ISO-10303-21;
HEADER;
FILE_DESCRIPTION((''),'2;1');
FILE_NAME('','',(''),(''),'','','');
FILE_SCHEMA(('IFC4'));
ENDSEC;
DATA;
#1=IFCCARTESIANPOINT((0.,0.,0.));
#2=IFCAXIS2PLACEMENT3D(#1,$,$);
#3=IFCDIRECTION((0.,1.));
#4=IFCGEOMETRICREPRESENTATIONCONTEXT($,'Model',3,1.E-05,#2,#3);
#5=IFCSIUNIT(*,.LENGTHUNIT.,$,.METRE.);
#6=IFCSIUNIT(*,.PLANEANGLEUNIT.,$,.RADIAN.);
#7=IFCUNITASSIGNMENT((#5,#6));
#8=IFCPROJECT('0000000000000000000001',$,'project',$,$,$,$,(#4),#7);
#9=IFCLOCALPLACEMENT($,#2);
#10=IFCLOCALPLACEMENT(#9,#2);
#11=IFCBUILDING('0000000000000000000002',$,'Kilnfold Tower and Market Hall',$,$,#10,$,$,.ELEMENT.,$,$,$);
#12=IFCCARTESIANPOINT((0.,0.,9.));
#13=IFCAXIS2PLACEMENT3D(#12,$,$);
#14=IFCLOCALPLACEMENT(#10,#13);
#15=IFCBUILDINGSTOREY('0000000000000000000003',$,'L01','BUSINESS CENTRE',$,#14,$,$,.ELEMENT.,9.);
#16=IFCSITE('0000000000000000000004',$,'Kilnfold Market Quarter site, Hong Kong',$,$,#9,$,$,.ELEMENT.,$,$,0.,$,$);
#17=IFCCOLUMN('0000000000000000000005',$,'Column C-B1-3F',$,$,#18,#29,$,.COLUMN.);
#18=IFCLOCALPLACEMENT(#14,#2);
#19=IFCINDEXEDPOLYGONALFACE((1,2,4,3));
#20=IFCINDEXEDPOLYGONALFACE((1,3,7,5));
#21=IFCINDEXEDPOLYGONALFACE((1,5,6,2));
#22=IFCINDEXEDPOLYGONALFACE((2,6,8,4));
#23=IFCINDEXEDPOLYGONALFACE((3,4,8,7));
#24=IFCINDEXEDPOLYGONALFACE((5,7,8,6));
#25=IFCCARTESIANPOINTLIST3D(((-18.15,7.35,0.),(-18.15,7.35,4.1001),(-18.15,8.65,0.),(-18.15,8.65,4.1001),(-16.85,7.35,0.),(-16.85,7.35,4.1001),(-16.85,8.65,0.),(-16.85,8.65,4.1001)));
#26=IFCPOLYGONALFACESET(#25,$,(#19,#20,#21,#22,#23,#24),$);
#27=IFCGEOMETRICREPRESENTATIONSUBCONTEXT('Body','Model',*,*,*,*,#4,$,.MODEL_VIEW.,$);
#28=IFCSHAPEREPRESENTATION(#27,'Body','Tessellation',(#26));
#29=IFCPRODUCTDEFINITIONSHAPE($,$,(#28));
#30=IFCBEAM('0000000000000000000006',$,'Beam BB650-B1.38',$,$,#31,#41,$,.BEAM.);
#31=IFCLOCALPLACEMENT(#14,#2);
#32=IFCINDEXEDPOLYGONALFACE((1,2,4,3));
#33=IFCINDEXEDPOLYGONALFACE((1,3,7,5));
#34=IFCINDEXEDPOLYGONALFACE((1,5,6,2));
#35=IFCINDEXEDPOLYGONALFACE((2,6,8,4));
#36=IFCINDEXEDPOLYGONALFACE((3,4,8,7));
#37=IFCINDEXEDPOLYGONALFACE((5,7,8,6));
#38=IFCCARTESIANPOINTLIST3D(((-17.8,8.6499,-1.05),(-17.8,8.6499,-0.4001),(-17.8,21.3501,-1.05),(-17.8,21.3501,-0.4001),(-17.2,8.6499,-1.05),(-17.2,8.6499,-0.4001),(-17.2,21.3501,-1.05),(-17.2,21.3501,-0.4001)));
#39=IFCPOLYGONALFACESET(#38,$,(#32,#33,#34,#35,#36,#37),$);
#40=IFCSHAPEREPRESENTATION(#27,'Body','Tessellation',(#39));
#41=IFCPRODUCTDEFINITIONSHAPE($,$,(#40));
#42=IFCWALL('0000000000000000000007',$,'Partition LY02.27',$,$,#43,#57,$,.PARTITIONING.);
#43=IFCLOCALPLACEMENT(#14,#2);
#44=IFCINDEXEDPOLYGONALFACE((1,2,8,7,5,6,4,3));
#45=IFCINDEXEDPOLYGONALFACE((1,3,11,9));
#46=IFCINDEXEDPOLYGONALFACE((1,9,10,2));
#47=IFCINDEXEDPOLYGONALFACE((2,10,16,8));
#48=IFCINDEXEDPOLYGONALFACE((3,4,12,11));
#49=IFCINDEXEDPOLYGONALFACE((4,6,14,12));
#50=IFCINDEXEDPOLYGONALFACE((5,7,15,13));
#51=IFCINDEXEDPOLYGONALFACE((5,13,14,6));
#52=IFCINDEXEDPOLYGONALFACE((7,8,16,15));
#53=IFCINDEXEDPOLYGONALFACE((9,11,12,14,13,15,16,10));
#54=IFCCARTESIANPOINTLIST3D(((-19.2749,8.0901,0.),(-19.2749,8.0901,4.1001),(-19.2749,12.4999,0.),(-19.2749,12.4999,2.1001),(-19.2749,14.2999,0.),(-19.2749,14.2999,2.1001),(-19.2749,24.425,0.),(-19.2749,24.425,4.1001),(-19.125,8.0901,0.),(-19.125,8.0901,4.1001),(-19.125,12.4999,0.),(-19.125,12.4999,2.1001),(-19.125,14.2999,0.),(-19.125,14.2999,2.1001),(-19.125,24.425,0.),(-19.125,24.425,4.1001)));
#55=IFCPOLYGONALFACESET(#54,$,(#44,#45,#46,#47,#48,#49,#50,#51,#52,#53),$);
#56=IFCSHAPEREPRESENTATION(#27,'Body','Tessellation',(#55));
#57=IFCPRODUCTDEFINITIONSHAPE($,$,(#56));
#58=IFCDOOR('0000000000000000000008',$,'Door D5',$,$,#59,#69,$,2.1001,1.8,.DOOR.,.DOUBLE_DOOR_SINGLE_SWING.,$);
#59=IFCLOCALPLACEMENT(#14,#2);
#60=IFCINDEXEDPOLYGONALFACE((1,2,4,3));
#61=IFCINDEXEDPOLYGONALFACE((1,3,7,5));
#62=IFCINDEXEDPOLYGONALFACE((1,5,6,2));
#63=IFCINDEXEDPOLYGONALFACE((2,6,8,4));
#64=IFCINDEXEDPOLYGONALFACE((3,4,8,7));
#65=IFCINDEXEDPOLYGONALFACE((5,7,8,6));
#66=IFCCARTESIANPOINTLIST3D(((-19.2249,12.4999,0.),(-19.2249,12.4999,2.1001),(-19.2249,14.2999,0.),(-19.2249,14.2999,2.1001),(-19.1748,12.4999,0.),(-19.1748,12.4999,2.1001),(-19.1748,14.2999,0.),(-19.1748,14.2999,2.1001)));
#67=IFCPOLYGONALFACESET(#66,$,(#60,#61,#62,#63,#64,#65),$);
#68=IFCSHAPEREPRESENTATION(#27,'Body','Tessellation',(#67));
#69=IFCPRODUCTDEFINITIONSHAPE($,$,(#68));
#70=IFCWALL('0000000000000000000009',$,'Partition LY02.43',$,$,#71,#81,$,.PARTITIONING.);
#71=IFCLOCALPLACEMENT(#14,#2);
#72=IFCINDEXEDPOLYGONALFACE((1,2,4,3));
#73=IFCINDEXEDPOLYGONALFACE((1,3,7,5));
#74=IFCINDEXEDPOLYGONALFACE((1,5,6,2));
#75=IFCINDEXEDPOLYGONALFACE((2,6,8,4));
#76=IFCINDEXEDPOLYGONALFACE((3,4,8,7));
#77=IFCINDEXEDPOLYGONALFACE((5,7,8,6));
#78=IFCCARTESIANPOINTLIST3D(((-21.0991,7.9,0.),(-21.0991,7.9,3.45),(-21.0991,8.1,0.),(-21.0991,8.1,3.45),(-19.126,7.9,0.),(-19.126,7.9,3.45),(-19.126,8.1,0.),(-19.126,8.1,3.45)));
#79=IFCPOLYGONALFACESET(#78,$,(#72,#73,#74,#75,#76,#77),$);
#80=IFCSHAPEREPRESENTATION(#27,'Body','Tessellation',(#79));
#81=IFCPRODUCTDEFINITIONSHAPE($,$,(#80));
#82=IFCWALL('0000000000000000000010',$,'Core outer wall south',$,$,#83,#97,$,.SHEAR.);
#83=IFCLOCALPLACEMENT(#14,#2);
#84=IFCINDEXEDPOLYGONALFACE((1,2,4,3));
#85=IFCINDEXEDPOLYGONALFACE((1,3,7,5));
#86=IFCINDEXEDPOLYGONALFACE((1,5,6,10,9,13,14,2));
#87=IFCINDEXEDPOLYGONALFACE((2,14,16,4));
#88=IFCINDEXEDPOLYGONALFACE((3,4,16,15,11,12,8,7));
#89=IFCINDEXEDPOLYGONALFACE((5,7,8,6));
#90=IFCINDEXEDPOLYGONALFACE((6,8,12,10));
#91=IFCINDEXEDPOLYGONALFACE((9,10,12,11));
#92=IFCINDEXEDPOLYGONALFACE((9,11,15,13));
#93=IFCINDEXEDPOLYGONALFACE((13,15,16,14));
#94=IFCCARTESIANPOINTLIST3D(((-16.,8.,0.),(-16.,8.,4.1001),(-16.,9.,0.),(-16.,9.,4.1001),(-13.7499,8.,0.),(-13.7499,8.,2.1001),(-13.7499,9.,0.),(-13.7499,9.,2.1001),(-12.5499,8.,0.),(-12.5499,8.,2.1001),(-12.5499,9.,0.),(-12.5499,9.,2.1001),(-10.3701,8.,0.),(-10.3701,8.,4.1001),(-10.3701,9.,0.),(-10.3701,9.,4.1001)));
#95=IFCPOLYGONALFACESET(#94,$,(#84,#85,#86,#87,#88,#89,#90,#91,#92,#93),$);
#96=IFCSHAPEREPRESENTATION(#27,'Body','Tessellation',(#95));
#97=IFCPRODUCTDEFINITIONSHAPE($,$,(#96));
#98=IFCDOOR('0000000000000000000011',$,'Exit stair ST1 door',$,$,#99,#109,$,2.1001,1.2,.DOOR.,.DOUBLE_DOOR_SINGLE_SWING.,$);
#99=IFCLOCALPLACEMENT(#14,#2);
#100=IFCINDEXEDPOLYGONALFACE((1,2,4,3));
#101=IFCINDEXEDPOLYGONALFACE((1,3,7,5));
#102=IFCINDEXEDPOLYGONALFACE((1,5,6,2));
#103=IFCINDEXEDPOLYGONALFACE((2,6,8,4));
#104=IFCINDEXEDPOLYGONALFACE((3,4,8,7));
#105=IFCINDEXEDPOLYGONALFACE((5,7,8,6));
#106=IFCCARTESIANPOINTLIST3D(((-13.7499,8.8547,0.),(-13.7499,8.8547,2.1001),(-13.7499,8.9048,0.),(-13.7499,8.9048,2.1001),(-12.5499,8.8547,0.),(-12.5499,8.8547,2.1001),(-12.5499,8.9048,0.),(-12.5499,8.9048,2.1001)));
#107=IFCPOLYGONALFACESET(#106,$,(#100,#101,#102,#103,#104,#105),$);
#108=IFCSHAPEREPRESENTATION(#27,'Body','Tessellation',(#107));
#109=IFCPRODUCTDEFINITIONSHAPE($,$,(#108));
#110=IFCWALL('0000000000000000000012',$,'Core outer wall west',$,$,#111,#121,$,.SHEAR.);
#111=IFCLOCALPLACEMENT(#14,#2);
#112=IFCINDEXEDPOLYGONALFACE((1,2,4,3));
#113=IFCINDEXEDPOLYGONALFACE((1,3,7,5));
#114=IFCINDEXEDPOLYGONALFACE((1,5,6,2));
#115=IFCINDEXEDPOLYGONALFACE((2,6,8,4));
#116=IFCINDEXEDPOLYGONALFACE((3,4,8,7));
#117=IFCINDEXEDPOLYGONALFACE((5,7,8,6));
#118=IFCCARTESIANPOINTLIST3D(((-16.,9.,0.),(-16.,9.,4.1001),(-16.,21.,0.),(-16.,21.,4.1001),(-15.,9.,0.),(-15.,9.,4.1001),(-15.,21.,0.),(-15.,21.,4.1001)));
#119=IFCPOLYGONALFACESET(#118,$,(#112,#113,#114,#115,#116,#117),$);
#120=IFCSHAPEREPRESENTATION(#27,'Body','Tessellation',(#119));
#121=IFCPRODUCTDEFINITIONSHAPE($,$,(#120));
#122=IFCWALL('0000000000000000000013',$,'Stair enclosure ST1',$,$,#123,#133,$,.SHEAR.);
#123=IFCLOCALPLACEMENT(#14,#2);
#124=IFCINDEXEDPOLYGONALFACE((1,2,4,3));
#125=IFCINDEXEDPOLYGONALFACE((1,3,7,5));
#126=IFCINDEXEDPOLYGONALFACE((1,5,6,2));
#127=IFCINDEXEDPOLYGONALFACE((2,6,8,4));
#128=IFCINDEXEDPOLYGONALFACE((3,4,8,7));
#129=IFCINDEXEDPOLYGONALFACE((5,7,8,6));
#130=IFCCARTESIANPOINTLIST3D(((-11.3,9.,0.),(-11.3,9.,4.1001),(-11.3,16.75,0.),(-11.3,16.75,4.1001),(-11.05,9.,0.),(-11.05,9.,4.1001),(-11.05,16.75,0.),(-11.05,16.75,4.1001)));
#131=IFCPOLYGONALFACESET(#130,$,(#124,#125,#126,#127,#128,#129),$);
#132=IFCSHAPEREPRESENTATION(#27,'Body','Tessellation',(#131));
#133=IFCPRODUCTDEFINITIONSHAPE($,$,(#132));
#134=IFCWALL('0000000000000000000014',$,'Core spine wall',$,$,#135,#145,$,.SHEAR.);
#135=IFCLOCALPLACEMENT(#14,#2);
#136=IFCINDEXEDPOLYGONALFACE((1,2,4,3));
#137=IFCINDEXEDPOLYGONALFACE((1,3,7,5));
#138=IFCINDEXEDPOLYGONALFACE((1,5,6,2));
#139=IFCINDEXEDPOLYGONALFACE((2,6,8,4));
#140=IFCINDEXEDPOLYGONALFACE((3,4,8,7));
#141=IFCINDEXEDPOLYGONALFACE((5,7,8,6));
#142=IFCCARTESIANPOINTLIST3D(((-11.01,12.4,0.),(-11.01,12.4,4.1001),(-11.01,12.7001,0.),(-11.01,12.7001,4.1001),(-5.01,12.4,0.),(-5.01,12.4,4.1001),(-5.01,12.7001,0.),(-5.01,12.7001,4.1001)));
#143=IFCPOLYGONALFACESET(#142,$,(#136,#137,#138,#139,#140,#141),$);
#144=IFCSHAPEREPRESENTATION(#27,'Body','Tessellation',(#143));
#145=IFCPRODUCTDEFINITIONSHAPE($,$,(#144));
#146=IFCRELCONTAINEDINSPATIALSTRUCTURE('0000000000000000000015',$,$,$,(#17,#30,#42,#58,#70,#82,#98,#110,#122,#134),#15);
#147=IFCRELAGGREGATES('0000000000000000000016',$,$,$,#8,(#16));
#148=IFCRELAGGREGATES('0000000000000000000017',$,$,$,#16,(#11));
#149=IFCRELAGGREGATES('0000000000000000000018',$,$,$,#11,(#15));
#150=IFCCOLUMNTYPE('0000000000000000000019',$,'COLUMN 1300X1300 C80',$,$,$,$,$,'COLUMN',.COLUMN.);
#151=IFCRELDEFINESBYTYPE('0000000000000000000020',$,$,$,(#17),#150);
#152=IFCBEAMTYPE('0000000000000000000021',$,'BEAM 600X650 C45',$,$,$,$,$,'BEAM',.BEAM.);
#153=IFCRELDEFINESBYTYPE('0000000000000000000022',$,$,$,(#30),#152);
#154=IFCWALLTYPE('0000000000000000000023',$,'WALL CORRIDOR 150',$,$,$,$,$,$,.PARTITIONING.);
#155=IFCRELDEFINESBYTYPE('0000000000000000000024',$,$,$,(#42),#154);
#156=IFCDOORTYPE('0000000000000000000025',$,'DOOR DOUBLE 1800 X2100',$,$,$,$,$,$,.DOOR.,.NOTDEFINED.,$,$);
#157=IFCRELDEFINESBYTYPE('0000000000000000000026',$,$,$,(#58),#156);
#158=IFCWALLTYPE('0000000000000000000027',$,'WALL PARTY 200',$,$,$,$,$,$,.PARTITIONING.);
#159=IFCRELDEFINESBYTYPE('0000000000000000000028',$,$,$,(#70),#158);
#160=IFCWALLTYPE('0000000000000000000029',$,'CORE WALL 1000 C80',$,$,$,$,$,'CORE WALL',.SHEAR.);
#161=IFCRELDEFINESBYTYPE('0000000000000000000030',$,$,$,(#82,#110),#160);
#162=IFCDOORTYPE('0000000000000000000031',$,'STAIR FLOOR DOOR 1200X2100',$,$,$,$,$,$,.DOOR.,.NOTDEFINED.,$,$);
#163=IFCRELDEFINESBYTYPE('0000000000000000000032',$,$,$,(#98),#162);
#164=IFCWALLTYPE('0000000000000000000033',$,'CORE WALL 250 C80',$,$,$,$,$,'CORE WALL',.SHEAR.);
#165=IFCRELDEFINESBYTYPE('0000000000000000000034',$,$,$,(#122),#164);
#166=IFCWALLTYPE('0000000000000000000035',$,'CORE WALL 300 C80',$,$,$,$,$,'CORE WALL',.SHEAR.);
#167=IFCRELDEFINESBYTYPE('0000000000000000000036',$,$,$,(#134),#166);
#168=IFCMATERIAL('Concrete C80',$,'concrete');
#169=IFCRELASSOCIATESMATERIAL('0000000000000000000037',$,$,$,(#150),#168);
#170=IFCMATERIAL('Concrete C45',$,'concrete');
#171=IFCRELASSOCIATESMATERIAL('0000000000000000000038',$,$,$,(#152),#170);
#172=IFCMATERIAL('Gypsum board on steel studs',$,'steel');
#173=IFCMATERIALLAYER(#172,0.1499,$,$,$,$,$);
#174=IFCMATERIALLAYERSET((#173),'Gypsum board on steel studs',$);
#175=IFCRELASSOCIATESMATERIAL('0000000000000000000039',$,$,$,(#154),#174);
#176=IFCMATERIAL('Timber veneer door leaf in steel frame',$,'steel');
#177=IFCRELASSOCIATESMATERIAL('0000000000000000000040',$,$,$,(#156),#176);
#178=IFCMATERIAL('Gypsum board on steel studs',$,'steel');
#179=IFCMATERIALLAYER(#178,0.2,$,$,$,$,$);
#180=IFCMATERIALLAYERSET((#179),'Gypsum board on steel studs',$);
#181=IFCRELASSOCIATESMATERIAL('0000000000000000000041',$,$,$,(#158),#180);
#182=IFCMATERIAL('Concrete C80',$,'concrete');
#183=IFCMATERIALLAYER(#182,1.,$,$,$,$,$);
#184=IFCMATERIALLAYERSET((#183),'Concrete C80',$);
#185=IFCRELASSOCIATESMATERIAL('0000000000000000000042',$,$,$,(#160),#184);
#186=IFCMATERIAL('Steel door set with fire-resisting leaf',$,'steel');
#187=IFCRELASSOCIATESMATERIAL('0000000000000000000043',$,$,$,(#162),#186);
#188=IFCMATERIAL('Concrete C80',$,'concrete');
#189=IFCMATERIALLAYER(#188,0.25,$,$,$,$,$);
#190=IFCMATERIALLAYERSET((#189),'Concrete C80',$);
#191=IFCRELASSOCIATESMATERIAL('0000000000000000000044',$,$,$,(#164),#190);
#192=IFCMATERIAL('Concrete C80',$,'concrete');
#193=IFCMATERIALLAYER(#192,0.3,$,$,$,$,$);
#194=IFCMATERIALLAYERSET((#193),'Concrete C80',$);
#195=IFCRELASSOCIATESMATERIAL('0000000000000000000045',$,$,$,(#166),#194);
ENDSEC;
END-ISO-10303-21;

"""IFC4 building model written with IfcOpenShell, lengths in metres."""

from ifc_helpers import new_model, si_unit, direction, frame, frame_2d, origin, origin_2d, place, context, subcontext, project, spatial, rectangle, extrude, source, transform, mapped, material, layer, layer_set, material_profile, profile_set, type_object, element, fill, save


model = new_model("IFC4")

# Units and contexts
model_context = context("Model", 3, precision=1e-05, world=origin(), true_north=direction((0.0, 1.0)))
body_context = subcontext(model_context, "Body", "Model", "MODEL_VIEW")
ifc_project = project(units=[si_unit("LENGTHUNIT", "METRE"), si_unit("PLANEANGLEUNIT", "RADIAN")], contexts=[model_context])

# Site, building, storey
site_placement = place(None, origin())
site = spatial("IfcSite", under=ifc_project, at=site_placement, Name="Kilnfold Market Quarter site, Hong Kong", CompositionType="ELEMENT", RefElevation=0.0)
building_placement = place(site_placement, origin())
building = spatial("IfcBuilding", under=site, at=building_placement, Name="Kilnfold Tower and Market Hall", CompositionType="ELEMENT")
storey_placement = place(building_placement, frame((0.0, 0.0, 9.0)))
storey = spatial("IfcBuildingStorey", under=building, at=storey_placement, Name="L01", Description="BUSINESS CENTRE", CompositionType="ELEMENT", Elevation=9.0)

# Column
ifc_material_1 = material(Name="Concrete C80", Category="concrete")
ifc_material_profile_1 = material_profile(ifc_material_1, rectangle(XDim=1.3, YDim=1.3, at=origin_2d()), Name="RC 1300x1300")
ifc_profile_set_1 = profile_set([ifc_material_profile_1], Name="Concrete C80")
column_type = type_object("IfcColumnType", Name="COLUMN 1300X1300 C80", ElementType="COLUMN", PredefinedType="COLUMN", material=ifc_profile_set_1)
shared_shape_1 = source(origin(), body_context, "Body", "SweptSolid", [
    extrude(rectangle(XDim=1.3, YDim=1.3, at=origin_2d()), origin(), (0.0, 0.0, 1.0), 4.1001),
])
column_placement = place(storey_placement, frame((-17.5, 8.0, 0.0), z_axis=(0.0, 0.0, 1.0), x_axis=(1.0, 0.0, 0.0)))
element("IfcColumn", 1, at=column_placement, inside=storey, type_object=column_type, Name="Column C-B1-3F", PredefinedType="COLUMN", context=body_context, shape_type="MappedRepresentation", body=[
    mapped(shared_shape_1, transform((0.0, 0.0, 0.0))),
])

# Beam
ifc_material_2 = material(Name="Concrete C45", Category="concrete")
ifc_material_profile_2 = material_profile(ifc_material_2, rectangle(XDim=0.6001, YDim=0.6499, at=origin_2d()), Name="RC 600x650")
ifc_profile_set_2 = profile_set([ifc_material_profile_2], Name="Concrete C45")
beam_type = type_object("IfcBeamType", Name="BEAM 600X650 C45", ElementType="BEAM", PredefinedType="BEAM", material=ifc_profile_set_2)
shared_shape_2 = source(origin(), body_context, "Body", "SweptSolid", [
    extrude(rectangle(XDim=0.6001, YDim=0.6499, at=origin_2d()), origin(), (0.0, 0.0, 1.0), 12.7002),
])
beam_placement = place(storey_placement, frame((-17.5, 8.6499, -0.7251), z_axis=(0.0, 1.0, 0.0), x_axis=(-1.0, 0.0, 0.0)))
element("IfcBeam", 2, at=beam_placement, inside=storey, type_object=beam_type, Name="Beam BB650-B1.38", PredefinedType="BEAM", context=body_context, shape_type="MappedRepresentation", body=[
    mapped(shared_shape_2, transform((0.0, 0.0, 0.0))),
])

# Wall, opening, door
ifc_material_3 = material(Name="Gypsum board on steel studs", Category="steel")
ifc_layer_1 = layer(ifc_material_3, 0.1499)
ifc_layer_set_1 = layer_set([ifc_layer_1], Name="Gypsum board on steel studs")
wall_type_1 = type_object("IfcWallType", Name="WALL CORRIDOR 150", PredefinedType="PARTITIONING", material=ifc_layer_set_1)
wall_1_placement = place(storey_placement, frame((-19.2, 8.0901, 0.0), z_axis=(0.0, 0.0, 1.0), x_axis=(0.0, 1.0, 0.0)))
wall_1 = element("IfcWall", 3, at=wall_1_placement, inside=storey, type_object=wall_type_1, Name="Partition LY02.27", PredefinedType="PARTITIONING", context=body_context, shape_type="SweptSolid", body=[
    extrude(rectangle(XDim=16.335, YDim=0.1499, at=frame_2d((8.1675, 0.0))), origin(), (0.0, 0.0, 1.0), 4.1001),
])
opening_1_placement = place(wall_1_placement, frame((4.4099, 0.0, 0.0)))
opening_1 = element("IfcOpeningElement", 4, at=opening_1_placement, cuts=wall_1, PredefinedType="OPENING", context=body_context, shape_type="SweptSolid", body=[
    extrude(rectangle(XDim=1.8, YDim=2.1001, at=frame_2d((0.8999, 1.05))), frame((0.0, 0.085, 0.0), z_axis=(0.0, -1.0, 0.0), x_axis=(1.0, 0.0, 0.0)), (0.0, 0.0, 1.0), 0.1699),
])
ifc_material_4 = material(Name="Timber veneer door leaf in steel frame", Category="steel")
door_type_1 = type_object("IfcDoorType", Name="DOOR DOUBLE 1800 X2100", OperationType="NOTDEFINED", PredefinedType="DOOR", material=ifc_material_4)
door_1_placement = place(opening_1_placement, origin())
door_1 = element("IfcDoor", 5, at=door_1_placement, inside=storey, type_object=door_type_1, Name="Door D5", OperationType="DOUBLE_DOOR_SINGLE_SWING", OverallHeight=2.1001, OverallWidth=1.8, PredefinedType="DOOR", context=body_context, shape_type="SweptSolid", body=[
    extrude(rectangle(XDim=1.8, YDim=2.1001, at=frame_2d((0.8999, 1.05))), frame((0.0, 0.0249, 0.0), z_axis=(0.0, -1.0, 0.0), x_axis=(1.0, 0.0, 0.0)), (0.0, 0.0, 1.0), 0.05),
])
fill(opening_1, door_1)

# Wall
ifc_material_5 = material(Name="Gypsum board on steel studs", Category="steel")
ifc_layer_2 = layer(ifc_material_5, 0.2)
ifc_layer_set_2 = layer_set([ifc_layer_2], Name="Gypsum board on steel studs")
wall_type_2 = type_object("IfcWallType", Name="WALL PARTY 200", PredefinedType="PARTITIONING", material=ifc_layer_set_2)
wall_2_placement = place(storey_placement, frame((-21.0991, 8.0, 0.0), z_axis=(0.0, 0.0, 1.0), x_axis=(1.0, 0.0, 0.0)))
element("IfcWall", 6, at=wall_2_placement, inside=storey, type_object=wall_type_2, Name="Partition LY02.43", PredefinedType="PARTITIONING", context=body_context, shape_type="SweptSolid", body=[
    extrude(rectangle(XDim=1.9731, YDim=0.2, at=frame_2d((0.9866, 0.0))), origin(), (0.0, 0.0, 1.0), 3.45),
])

# Wall, opening, door
ifc_material_6 = material(Name="Concrete C80", Category="concrete")
ifc_layer_3 = layer(ifc_material_6, 1.0)
ifc_layer_set_3 = layer_set([ifc_layer_3], Name="Concrete C80")
wall_type_3 = type_object("IfcWallType", Name="CORE WALL 1000 C80", ElementType="CORE WALL", PredefinedType="SHEAR", material=ifc_layer_set_3)
shared_shape_3 = source(origin(), body_context, "Body", "SweptSolid", [
    extrude(rectangle(XDim=5.6299, YDim=1.0, at=frame_2d((2.8149, 0.0))), origin(), (0.0, 0.0, 1.0), 4.1001),
])
wall_3_placement = place(storey_placement, frame((-16.0, 8.5, 0.0), z_axis=(0.0, 0.0, 1.0), x_axis=(1.0, 0.0, 0.0)))
wall_3 = element("IfcWall", 7, at=wall_3_placement, inside=storey, type_object=wall_type_3, Name="Core outer wall south", PredefinedType="SHEAR", context=body_context, shape_type="MappedRepresentation", body=[
    mapped(shared_shape_3, transform((0.0, 0.0, 0.0))),
])
opening_2_placement = place(wall_3_placement, frame((2.25, 0.0, 0.0)))
opening_2 = element("IfcOpeningElement", 8, at=opening_2_placement, cuts=wall_3, PredefinedType="OPENING", context=body_context, shape_type="SweptSolid", body=[
    extrude(rectangle(XDim=1.2, YDim=2.1001, at=frame_2d((0.6001, 1.05))), frame((0.0, 0.51, 0.0), z_axis=(0.0, -1.0, 0.0), x_axis=(1.0, 0.0, 0.0)), (0.0, 0.0, 1.0), 1.02),
])
ifc_material_7 = material(Name="Steel door set with fire-resisting leaf", Category="steel")
door_type_2 = type_object("IfcDoorType", Name="STAIR FLOOR DOOR 1200X2100", OperationType="NOTDEFINED", PredefinedType="DOOR", material=ifc_material_7)
door_2_placement = place(opening_2_placement, origin())
door_2 = element("IfcDoor", 9, at=door_2_placement, inside=storey, type_object=door_type_2, Name="Exit stair ST1 door", OperationType="DOUBLE_DOOR_SINGLE_SWING", OverallHeight=2.1001, OverallWidth=1.2, PredefinedType="DOOR", context=body_context, shape_type="SweptSolid", body=[
    extrude(rectangle(XDim=1.2, YDim=2.1001, at=frame_2d((0.6001, 1.05))), frame((0.0, 0.4048, 0.0), z_axis=(0.0, -1.0, 0.0), x_axis=(1.0, 0.0, 0.0)), (0.0, 0.0, 1.0), 0.05),
])
fill(opening_2, door_2)

# Walls
shared_shape_4 = source(origin(), body_context, "Body", "SweptSolid", [
    extrude(rectangle(XDim=12.0, YDim=1.0, at=frame_2d((6.0, 0.0))), origin(), (0.0, 0.0, 1.0), 4.1001),
])
wall_4_placement = place(storey_placement, frame((-15.5, 9.0, 0.0), z_axis=(0.0, 0.0, 1.0), x_axis=(0.0, 1.0, 0.0)))
element("IfcWall", 10, at=wall_4_placement, inside=storey, type_object=wall_type_3, Name="Core outer wall west", PredefinedType="SHEAR", context=body_context, shape_type="MappedRepresentation", body=[
    mapped(shared_shape_4, transform((0.0, 0.0, 0.0))),
])
ifc_material_8 = material(Name="Concrete C80", Category="concrete")
ifc_layer_4 = layer(ifc_material_8, 0.25)
ifc_layer_set_4 = layer_set([ifc_layer_4], Name="Concrete C80")
wall_type_4 = type_object("IfcWallType", Name="CORE WALL 250 C80", ElementType="CORE WALL", PredefinedType="SHEAR", material=ifc_layer_set_4)
shared_shape_5 = source(origin(), body_context, "Body", "SweptSolid", [
    extrude(rectangle(XDim=7.75, YDim=0.25, at=frame_2d((3.875, 0.0))), origin(), (0.0, 0.0, 1.0), 4.1001),
])
wall_5_placement = place(storey_placement, frame((-11.175, 9.0, 0.0), z_axis=(0.0, 0.0, 1.0), x_axis=(0.0, 1.0, 0.0)))
element("IfcWall", 11, at=wall_5_placement, inside=storey, type_object=wall_type_4, Name="Stair enclosure ST1", PredefinedType="SHEAR", context=body_context, shape_type="MappedRepresentation", body=[
    mapped(shared_shape_5, transform((0.0, 0.0, 0.0))),
])
ifc_material_9 = material(Name="Concrete C80", Category="concrete")
ifc_layer_5 = layer(ifc_material_9, 0.3)
ifc_layer_set_5 = layer_set([ifc_layer_5], Name="Concrete C80")
wall_type_5 = type_object("IfcWallType", Name="CORE WALL 300 C80", ElementType="CORE WALL", PredefinedType="SHEAR", material=ifc_layer_set_5)
shared_shape_6 = source(origin(), body_context, "Body", "SweptSolid", [
    extrude(rectangle(XDim=6.0, YDim=0.3, at=frame_2d((3.0, 0.0))), origin(), (0.0, 0.0, 1.0), 4.1001),
])
wall_6_placement = place(storey_placement, frame((-11.01, 12.55, 0.0), z_axis=(0.0, 0.0, 1.0), x_axis=(1.0, 0.0, 0.0)))
element("IfcWall", 12, at=wall_6_placement, inside=storey, type_object=wall_type_5, Name="Core spine wall", PredefinedType="SHEAR", context=body_context, shape_type="MappedRepresentation", body=[
    mapped(shared_shape_6, transform((0.0, 0.0, 0.0))),
])

save(model, "model.ifc")
